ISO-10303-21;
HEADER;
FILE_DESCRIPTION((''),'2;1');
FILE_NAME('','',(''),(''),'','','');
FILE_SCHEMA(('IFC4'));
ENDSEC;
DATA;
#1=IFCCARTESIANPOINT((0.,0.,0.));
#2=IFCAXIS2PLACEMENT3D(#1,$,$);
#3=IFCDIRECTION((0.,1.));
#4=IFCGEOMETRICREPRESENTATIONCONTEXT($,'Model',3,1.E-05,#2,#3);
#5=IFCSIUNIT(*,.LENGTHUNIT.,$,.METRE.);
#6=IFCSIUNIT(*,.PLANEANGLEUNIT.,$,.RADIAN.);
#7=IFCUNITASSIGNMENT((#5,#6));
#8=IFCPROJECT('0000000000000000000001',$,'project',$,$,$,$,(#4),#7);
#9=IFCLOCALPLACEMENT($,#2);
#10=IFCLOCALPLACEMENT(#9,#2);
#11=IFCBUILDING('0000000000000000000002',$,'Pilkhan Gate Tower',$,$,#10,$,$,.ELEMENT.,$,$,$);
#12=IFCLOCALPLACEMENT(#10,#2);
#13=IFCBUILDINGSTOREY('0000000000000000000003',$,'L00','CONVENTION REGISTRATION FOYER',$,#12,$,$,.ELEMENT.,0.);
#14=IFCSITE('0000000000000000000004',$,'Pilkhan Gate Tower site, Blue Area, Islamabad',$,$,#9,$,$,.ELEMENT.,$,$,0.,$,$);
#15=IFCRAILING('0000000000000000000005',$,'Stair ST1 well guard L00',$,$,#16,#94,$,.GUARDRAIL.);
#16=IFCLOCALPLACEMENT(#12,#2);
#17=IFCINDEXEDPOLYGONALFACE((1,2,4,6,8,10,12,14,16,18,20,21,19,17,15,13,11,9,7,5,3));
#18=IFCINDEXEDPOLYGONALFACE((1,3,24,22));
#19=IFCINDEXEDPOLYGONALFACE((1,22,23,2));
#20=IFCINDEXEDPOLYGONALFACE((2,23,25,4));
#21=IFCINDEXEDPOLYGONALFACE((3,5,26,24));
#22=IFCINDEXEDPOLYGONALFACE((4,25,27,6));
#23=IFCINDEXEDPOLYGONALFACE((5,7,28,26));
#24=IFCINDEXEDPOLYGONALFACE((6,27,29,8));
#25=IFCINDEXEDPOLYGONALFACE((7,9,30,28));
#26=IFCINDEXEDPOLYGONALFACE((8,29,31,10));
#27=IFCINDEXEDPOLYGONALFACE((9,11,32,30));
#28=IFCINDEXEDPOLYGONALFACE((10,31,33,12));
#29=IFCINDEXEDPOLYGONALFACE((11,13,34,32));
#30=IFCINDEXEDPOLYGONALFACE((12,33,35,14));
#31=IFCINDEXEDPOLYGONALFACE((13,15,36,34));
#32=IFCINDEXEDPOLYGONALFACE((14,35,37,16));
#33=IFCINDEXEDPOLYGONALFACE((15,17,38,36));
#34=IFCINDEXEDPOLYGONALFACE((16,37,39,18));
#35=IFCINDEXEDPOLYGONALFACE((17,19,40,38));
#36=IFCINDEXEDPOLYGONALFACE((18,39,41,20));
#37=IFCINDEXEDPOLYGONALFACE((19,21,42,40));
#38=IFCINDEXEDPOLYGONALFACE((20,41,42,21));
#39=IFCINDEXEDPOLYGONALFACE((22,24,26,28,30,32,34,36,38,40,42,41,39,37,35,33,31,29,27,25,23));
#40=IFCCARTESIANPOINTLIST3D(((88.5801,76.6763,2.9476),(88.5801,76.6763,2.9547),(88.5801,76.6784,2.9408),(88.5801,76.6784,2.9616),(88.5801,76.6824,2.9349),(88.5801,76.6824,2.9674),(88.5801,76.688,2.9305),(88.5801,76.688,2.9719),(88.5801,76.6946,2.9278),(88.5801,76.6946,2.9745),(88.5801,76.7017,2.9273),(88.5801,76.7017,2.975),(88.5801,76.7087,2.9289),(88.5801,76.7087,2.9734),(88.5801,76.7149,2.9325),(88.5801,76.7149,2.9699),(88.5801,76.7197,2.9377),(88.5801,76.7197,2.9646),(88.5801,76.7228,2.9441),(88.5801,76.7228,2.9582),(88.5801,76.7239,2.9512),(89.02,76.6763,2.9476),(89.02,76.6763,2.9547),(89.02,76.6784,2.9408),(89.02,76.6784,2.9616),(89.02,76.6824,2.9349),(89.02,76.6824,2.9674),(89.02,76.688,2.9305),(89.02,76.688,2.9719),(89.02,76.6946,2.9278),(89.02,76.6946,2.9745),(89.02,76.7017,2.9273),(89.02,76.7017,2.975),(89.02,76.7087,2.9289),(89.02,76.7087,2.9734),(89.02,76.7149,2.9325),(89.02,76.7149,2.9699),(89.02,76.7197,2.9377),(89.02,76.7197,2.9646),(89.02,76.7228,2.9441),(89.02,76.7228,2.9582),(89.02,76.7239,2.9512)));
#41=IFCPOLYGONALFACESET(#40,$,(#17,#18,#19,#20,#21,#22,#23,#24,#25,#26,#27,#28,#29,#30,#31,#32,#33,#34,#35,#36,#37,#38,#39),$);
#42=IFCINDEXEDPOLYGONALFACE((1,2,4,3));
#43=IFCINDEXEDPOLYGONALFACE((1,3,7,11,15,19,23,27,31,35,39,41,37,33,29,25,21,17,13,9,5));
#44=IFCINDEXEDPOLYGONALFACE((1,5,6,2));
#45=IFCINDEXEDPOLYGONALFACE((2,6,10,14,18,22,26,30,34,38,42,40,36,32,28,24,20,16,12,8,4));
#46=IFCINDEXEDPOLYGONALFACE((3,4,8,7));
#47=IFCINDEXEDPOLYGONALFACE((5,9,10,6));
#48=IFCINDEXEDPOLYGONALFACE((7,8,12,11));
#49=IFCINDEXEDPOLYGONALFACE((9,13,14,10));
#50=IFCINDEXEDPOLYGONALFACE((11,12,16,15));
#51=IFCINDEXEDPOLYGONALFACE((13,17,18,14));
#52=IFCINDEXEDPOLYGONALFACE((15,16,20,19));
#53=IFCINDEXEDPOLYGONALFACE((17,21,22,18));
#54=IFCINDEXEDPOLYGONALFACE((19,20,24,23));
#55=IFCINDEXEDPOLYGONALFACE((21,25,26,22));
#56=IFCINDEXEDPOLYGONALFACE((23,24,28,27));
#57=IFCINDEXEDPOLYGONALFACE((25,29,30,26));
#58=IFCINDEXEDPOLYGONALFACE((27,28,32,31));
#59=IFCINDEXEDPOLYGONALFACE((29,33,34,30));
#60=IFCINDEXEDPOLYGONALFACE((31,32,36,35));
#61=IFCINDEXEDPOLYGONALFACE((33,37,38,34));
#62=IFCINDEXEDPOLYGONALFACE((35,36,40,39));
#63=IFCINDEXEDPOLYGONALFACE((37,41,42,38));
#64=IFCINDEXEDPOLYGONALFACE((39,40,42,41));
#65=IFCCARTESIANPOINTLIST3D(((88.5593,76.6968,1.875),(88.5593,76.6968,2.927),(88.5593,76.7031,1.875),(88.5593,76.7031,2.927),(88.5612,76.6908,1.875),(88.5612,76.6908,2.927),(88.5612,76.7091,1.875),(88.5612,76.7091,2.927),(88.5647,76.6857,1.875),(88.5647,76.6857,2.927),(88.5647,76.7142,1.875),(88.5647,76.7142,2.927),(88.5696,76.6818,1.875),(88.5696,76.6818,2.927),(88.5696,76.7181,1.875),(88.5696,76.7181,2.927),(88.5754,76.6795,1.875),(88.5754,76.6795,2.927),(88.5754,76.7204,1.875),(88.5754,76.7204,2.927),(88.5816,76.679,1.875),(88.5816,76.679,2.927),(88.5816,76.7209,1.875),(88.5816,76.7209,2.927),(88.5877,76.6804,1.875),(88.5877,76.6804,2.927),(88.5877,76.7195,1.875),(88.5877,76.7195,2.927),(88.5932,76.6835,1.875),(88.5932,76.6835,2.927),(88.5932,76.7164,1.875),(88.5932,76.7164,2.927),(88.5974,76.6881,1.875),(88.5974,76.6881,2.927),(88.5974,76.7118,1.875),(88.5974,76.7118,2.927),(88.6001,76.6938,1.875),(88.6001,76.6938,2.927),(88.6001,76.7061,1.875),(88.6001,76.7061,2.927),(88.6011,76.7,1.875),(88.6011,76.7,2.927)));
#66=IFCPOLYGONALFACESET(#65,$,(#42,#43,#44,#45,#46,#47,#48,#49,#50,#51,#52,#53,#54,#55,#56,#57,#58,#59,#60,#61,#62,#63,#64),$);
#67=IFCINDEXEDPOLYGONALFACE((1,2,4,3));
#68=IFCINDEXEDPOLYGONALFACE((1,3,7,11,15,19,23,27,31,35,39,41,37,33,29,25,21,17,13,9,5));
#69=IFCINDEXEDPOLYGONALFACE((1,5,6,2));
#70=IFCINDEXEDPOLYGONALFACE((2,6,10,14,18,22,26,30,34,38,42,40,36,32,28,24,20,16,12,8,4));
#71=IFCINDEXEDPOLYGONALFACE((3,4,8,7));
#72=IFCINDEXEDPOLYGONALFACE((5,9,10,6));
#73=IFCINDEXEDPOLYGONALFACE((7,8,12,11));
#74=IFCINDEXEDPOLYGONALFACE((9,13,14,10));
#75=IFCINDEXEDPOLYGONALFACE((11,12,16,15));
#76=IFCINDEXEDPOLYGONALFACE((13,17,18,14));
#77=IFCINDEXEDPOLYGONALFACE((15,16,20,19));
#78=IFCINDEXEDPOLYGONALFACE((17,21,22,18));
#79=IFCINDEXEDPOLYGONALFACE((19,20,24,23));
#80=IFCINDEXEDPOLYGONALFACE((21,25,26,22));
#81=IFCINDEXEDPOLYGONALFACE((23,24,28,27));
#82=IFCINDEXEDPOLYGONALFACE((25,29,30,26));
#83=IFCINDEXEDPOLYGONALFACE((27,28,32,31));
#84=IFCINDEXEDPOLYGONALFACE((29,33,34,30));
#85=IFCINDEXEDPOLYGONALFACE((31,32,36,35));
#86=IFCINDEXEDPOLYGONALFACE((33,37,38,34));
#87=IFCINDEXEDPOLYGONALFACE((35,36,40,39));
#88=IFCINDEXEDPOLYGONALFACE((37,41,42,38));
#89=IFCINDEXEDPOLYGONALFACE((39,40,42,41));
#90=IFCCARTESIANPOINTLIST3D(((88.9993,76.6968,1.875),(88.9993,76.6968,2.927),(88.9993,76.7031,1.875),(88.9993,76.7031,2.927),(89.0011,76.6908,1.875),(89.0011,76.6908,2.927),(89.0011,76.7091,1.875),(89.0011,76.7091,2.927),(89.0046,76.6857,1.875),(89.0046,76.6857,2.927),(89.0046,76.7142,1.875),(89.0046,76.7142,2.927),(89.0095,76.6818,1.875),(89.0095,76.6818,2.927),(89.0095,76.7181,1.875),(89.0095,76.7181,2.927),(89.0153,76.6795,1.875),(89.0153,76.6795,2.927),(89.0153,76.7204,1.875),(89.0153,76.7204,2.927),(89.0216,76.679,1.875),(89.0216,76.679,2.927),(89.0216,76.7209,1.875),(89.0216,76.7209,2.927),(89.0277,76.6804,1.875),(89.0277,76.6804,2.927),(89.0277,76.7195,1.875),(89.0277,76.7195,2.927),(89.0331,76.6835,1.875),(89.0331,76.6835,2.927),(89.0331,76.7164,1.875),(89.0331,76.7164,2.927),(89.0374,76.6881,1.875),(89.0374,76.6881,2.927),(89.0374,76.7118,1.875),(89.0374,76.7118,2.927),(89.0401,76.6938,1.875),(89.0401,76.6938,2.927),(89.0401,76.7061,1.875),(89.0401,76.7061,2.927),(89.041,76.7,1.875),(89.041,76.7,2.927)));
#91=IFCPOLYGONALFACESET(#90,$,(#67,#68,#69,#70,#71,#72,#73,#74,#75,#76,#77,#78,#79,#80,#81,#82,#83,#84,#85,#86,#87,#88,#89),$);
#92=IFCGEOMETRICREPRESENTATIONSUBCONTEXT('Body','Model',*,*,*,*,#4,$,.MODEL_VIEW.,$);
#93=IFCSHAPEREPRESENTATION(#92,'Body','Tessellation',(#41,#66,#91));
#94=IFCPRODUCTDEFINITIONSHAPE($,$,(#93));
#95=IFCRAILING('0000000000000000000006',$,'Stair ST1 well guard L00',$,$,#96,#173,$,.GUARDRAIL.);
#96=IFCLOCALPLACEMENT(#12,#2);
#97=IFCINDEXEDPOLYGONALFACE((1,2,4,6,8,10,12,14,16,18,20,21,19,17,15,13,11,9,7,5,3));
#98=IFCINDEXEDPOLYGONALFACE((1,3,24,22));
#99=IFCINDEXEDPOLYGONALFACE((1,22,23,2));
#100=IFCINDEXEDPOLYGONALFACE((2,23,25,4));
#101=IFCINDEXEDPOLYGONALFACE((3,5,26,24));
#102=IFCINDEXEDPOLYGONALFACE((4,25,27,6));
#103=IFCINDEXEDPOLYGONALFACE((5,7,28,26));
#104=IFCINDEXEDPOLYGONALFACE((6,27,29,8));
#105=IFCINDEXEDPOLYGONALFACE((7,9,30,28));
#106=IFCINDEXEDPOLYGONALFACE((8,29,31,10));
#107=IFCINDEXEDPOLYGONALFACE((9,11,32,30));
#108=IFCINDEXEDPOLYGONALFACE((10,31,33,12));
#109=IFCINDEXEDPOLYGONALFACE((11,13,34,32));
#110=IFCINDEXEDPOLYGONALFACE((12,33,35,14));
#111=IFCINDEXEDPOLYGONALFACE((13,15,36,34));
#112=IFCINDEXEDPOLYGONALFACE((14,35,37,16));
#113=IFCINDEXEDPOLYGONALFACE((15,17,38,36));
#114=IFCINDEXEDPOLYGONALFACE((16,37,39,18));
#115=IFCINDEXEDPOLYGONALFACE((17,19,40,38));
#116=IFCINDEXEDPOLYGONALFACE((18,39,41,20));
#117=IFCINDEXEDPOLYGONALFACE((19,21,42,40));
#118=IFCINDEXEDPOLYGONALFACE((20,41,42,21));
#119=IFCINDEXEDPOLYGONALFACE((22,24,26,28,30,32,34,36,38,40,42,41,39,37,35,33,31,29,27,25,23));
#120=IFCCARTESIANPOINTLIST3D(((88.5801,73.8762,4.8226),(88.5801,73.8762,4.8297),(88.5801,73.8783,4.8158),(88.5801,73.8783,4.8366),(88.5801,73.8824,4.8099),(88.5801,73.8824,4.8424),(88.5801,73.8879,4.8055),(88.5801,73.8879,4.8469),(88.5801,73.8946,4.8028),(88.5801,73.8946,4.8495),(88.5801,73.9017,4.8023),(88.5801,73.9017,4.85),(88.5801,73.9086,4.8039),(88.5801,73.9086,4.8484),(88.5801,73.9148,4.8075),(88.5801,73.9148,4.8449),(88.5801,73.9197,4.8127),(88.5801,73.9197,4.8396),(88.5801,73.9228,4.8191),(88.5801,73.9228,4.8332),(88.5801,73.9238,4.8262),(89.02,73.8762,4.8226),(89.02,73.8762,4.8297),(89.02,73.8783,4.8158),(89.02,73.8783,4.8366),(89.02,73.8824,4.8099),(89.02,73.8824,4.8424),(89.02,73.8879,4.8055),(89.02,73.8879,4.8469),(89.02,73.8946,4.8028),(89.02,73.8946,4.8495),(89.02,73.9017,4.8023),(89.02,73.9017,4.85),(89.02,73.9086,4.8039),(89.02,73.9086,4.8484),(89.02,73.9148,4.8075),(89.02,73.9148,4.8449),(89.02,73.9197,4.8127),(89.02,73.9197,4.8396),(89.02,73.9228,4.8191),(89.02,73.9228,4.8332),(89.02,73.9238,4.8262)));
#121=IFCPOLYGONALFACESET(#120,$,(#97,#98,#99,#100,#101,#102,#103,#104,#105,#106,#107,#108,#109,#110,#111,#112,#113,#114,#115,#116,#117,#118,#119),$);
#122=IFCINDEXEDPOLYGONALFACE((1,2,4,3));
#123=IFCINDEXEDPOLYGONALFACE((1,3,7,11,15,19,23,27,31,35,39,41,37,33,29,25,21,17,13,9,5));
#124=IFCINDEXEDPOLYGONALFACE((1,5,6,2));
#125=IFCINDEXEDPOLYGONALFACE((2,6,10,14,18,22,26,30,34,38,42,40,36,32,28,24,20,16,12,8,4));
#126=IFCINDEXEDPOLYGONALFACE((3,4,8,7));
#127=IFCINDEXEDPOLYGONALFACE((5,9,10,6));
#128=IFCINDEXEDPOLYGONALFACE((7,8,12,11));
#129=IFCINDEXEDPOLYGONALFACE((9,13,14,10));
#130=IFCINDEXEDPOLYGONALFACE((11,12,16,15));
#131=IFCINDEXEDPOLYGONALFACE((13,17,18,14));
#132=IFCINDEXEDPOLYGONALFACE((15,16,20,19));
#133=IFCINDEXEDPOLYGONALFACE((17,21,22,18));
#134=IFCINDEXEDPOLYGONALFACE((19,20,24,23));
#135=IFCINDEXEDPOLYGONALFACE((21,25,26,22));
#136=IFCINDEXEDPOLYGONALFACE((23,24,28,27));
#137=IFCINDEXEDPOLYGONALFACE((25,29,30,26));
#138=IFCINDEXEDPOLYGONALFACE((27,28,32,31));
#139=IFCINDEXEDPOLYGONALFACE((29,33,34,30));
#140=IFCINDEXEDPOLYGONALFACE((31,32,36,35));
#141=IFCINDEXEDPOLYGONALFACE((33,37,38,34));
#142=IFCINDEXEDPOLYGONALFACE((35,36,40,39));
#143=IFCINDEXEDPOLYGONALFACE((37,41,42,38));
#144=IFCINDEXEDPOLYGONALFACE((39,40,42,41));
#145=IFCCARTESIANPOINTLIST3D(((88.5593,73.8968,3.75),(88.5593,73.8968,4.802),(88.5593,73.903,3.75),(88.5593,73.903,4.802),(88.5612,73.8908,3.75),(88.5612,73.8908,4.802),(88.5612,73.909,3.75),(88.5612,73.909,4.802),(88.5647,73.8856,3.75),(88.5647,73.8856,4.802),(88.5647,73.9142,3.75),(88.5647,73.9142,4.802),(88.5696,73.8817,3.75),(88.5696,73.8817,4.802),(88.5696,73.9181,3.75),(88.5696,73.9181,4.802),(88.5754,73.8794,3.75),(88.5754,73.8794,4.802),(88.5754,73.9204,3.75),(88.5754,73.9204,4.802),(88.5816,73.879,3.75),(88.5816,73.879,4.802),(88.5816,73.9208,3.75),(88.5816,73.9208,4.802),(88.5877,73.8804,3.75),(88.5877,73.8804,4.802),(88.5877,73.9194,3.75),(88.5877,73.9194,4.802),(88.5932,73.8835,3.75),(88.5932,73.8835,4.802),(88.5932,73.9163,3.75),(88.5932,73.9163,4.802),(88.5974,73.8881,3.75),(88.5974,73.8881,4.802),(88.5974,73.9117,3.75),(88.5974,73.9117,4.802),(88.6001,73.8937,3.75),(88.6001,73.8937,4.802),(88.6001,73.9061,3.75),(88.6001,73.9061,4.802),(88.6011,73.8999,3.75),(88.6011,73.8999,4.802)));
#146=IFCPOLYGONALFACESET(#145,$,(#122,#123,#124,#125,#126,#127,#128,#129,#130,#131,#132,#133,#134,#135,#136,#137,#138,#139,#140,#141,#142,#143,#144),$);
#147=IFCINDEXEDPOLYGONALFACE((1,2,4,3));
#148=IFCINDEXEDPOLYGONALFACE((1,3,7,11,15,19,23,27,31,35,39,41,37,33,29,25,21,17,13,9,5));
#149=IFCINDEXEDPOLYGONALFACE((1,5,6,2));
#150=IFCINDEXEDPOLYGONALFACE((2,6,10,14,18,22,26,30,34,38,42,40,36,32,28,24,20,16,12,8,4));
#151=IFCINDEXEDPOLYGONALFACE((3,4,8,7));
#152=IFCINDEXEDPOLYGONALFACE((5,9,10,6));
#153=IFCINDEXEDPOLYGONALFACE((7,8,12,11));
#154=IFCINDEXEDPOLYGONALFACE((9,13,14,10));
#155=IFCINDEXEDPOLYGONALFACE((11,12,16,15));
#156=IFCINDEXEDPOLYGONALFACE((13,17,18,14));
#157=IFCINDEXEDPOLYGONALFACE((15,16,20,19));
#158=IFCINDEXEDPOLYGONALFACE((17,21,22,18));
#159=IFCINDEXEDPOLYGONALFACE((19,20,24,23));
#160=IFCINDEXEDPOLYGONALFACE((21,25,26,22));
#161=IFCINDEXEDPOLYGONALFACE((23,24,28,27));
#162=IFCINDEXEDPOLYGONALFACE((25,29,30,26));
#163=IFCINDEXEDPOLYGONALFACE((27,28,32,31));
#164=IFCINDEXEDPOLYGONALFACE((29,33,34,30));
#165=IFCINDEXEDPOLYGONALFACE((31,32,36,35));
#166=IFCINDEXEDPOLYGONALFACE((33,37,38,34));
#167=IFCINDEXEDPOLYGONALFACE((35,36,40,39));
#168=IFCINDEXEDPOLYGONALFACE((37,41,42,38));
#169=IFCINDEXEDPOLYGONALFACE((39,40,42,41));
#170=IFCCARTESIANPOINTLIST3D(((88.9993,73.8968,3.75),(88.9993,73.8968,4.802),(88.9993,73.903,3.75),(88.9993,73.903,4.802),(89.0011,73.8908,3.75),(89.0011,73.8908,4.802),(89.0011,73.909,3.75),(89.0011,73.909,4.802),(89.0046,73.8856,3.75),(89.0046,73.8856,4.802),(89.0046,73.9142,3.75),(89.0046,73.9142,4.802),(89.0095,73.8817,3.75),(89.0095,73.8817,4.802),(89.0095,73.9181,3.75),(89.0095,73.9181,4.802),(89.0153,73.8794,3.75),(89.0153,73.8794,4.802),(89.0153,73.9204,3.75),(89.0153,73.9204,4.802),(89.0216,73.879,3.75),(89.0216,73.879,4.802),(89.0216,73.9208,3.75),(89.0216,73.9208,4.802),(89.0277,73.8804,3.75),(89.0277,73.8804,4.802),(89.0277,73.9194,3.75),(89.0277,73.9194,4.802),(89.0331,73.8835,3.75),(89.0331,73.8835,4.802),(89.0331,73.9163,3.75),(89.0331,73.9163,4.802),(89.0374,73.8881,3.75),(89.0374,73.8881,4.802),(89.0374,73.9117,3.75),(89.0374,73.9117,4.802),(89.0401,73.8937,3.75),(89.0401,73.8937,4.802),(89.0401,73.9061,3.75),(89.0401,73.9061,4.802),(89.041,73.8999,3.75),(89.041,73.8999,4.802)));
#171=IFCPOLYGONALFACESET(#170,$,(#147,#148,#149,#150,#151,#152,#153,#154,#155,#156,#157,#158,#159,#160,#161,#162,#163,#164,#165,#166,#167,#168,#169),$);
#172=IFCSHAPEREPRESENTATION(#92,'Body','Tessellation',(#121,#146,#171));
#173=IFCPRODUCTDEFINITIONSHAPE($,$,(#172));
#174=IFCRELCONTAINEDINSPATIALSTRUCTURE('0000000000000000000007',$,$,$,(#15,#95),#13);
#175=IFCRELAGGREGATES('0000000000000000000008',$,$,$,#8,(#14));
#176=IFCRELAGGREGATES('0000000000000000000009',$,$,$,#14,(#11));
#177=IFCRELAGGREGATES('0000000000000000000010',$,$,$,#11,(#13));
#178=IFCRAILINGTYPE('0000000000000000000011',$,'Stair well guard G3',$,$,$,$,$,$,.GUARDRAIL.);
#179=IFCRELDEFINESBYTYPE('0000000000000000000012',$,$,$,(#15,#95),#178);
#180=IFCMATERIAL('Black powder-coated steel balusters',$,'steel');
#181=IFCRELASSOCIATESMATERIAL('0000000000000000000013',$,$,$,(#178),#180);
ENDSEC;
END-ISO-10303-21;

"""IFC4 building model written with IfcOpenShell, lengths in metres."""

from ifc_helpers import new_model, si_unit, direction, frame, origin, origin_2d, place, context, subcontext, project, spatial, circle, extrude, material, type_object, element, save


model = new_model("IFC4")

# Units and contexts
model_context = context("Model", 3, precision=1e-05, world=origin(), true_north=direction((0.0, 1.0)))
body_context = subcontext(model_context, "Body", "Model", "MODEL_VIEW")
ifc_project = project(units=[si_unit("LENGTHUNIT", "METRE"), si_unit("PLANEANGLEUNIT", "RADIAN")], contexts=[model_context])

# Site, building, storey
site_placement = place(None, origin())
site = spatial("IfcSite", under=ifc_project, at=site_placement, Name="Pilkhan Gate Tower site, Blue Area, Islamabad", CompositionType="ELEMENT", RefElevation=0.0)
building_placement = place(site_placement, origin())
building = spatial("IfcBuilding", under=site, at=building_placement, Name="Pilkhan Gate Tower", CompositionType="ELEMENT")
storey_placement = place(building_placement, origin())
storey = spatial("IfcBuildingStorey", under=building, at=storey_placement, Name="L00", Description="CONVENTION REGISTRATION FOYER", CompositionType="ELEMENT", Elevation=0.0)

# Railings
ifc_material_1 = material(Name="Black powder-coated steel balusters", Category="steel")
railing_type_1 = type_object("IfcRailingType", Name="Stair well guard G3", PredefinedType="GUARDRAIL", material=ifc_material_1)
for number, where, name in (
    (1, (88.5801, 76.7, 1.875), "Stair ST1 well guard L00"),
    (2, (88.5801, 73.8999, 3.75), "Stair ST1 well guard L00"),
):
    element("IfcRailing", number, at=place(storey_placement, frame(where)), inside=storey, type_object=railing_type_1, Name=name, PredefinedType="GUARDRAIL", context=body_context, shape_type="SweptSolid", body=[
        extrude(circle(Radius=0.0239, at=origin_2d()), frame((0.0, 0.0, 1.0762), z_axis=(1.0, 0.0, 0.0), x_axis=(0.0, 1.0, 0.0)), (0.0, 0.0, 1.0), 0.4399),
        extrude(circle(Radius=0.021, at=origin_2d()), origin(), (0.0, 0.0, 1.0), 1.052),
        extrude(circle(Radius=0.021, at=origin_2d()), frame((0.4399, 0.0, 0.0)), (0.0, 0.0, 1.0), 1.052),
    ])

save(model, "model.ifc")
